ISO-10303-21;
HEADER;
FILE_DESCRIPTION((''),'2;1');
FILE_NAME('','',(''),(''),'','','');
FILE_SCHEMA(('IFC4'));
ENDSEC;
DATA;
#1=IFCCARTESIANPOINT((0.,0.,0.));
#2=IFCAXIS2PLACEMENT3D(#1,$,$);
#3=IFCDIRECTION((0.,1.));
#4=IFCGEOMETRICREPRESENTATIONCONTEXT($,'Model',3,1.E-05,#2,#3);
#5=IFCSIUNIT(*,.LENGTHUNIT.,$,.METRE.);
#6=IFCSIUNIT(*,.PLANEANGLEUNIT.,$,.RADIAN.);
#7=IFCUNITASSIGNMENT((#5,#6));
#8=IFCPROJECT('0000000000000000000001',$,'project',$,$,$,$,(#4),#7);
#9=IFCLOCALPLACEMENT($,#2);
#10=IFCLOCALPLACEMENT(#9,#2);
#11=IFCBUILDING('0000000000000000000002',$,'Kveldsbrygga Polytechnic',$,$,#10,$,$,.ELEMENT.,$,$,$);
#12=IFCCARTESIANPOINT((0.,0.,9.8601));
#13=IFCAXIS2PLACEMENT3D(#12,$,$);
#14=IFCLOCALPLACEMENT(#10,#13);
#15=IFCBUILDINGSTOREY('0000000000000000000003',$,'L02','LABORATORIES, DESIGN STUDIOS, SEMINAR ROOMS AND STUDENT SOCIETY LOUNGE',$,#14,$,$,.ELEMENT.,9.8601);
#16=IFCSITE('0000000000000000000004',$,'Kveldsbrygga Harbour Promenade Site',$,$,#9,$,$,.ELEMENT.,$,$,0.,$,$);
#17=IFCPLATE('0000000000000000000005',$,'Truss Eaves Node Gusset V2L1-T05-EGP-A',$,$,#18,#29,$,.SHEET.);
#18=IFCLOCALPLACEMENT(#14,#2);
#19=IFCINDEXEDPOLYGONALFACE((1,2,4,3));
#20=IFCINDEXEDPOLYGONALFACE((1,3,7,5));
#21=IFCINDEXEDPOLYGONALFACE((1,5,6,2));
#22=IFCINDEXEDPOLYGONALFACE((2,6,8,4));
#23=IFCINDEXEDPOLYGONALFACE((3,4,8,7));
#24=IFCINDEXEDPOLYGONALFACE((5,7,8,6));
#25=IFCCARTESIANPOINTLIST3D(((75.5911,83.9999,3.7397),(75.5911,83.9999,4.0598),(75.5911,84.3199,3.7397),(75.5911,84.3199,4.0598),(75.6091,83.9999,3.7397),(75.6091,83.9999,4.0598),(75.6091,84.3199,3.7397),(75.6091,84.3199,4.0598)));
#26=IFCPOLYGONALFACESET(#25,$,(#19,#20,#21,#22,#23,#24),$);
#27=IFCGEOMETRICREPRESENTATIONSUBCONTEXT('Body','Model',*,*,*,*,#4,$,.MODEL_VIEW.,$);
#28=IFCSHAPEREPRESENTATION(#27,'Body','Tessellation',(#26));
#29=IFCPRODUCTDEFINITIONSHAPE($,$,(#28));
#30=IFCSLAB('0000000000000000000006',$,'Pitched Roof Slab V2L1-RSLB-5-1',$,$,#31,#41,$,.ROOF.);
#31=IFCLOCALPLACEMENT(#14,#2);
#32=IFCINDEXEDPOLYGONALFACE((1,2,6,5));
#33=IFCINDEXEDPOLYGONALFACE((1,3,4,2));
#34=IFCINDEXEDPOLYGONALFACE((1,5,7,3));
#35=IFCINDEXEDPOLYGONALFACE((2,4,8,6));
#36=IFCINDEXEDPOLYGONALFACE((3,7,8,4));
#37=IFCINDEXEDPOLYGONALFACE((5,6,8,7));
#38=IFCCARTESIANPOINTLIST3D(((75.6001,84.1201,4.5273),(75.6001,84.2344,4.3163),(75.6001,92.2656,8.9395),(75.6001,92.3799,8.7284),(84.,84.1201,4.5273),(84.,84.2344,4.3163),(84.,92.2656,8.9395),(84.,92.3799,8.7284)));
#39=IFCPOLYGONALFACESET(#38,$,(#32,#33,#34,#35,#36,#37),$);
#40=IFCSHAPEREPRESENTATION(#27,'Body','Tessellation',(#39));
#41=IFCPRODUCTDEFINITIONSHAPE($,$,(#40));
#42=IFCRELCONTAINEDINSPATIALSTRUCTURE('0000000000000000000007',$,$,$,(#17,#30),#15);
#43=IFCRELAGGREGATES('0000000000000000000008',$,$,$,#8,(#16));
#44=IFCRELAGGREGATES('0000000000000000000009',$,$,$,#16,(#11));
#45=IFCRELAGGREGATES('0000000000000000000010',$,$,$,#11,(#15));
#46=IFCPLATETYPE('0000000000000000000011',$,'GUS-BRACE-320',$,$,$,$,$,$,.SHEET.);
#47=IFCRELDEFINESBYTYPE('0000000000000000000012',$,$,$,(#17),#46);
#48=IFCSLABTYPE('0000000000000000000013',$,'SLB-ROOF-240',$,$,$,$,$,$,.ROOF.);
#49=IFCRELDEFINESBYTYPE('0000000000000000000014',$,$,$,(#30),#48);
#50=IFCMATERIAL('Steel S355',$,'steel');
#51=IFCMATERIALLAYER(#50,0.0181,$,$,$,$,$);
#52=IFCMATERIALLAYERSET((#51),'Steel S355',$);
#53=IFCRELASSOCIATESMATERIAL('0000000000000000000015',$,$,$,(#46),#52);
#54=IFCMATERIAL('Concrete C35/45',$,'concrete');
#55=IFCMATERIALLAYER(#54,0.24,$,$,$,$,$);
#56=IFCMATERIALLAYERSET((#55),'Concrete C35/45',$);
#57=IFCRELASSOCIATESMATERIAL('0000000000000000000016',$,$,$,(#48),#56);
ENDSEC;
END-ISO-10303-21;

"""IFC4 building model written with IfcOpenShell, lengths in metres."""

from ifc_helpers import new_model, si_unit, direction, frame, origin, origin_2d, place, context, subcontext, project, spatial, polyline, rectangle, outline, extrude, material, layer, layer_set, type_object, element, save


model = new_model("IFC4")

# Units and contexts
model_context = context("Model", 3, precision=1e-05, world=origin(), true_north=direction((0.0, 1.0)))
body_context = subcontext(model_context, "Body", "Model", "MODEL_VIEW")
ifc_project = project(units=[si_unit("LENGTHUNIT", "METRE"), si_unit("PLANEANGLEUNIT", "RADIAN")], contexts=[model_context])

# Site, building, storey
site_placement = place(None, origin())
site = spatial("IfcSite", under=ifc_project, at=site_placement, Name="Kveldsbrygga Harbour Promenade Site", CompositionType="ELEMENT", RefElevation=0.0)
building_placement = place(site_placement, origin())
building = spatial("IfcBuilding", under=site, at=building_placement, Name="Kveldsbrygga Polytechnic", CompositionType="ELEMENT")
storey_placement = place(building_placement, frame((0.0, 0.0, 9.8601)))
storey = spatial("IfcBuildingStorey", under=building, at=storey_placement, Name="L02", Description="LABORATORIES, DESIGN STUDIOS, SEMINAR ROOMS AND STUDENT SOCIETY LOUNGE", CompositionType="ELEMENT", Elevation=9.8601)

# Shared definitions
ifc_material_1 = material(Name="Steel S355", Category="steel")

# Plate
ifc_layer_1 = layer(ifc_material_1, 0.0181)
ifc_layer_set_1 = layer_set([ifc_layer_1], Name="Steel S355")
plate_type_1 = type_object("IfcPlateType", Name="GUS-BRACE-320", PredefinedType="SHEET", material=ifc_layer_set_1)
plate_1_placement = place(storey_placement, frame((75.6001, 84.1599, 3.7397), z_axis=(0.0, 0.0, 1.0), x_axis=(1.0, 0.0, 0.0)))
element("IfcPlate", 1, at=plate_1_placement, inside=storey, type_object=plate_type_1, Name="Truss Eaves Node Gusset V2L1-T05-EGP-A", PredefinedType="SHEET", context=body_context, shape_type="SweptSolid", body=[
    extrude(rectangle(XDim=0.0181, YDim=0.3201, at=origin_2d()), origin(), (0.0, 0.0, 1.0), 0.3201),
])

# Slab
ifc_material_2 = material(Name="Concrete C35/45", Category="concrete")
ifc_layer_2 = layer(ifc_material_2, 0.24)
ifc_layer_set_2 = layer_set([ifc_layer_2], Name="Concrete C35/45")
slab_type = type_object("IfcSlabType", Name="SLB-ROOF-240", PredefinedType="ROOF", material=ifc_layer_set_2)
slab_placement = place(storey_placement, frame((75.6001, 84.1201, 4.5273), z_axis=(0.0, -0.47628, 0.879294), x_axis=(1.0, 0.0, 0.0)))
element("IfcSlab", 2, at=slab_placement, inside=storey, type_object=slab_type, Name="Pitched Roof Slab V2L1-RSLB-5-1", PredefinedType="ROOF", context=body_context, shape_type="SweptSolid", body=[
    extrude(outline(polyline([(0.0, 0.0), (8.3999, 0.0), (8.3999, 9.2637), (0.0, 9.2637), (0.0, 0.0)])), origin(), (0.0, 0.0, -1.0), 0.24),
])

save(model, "model.ifc")
